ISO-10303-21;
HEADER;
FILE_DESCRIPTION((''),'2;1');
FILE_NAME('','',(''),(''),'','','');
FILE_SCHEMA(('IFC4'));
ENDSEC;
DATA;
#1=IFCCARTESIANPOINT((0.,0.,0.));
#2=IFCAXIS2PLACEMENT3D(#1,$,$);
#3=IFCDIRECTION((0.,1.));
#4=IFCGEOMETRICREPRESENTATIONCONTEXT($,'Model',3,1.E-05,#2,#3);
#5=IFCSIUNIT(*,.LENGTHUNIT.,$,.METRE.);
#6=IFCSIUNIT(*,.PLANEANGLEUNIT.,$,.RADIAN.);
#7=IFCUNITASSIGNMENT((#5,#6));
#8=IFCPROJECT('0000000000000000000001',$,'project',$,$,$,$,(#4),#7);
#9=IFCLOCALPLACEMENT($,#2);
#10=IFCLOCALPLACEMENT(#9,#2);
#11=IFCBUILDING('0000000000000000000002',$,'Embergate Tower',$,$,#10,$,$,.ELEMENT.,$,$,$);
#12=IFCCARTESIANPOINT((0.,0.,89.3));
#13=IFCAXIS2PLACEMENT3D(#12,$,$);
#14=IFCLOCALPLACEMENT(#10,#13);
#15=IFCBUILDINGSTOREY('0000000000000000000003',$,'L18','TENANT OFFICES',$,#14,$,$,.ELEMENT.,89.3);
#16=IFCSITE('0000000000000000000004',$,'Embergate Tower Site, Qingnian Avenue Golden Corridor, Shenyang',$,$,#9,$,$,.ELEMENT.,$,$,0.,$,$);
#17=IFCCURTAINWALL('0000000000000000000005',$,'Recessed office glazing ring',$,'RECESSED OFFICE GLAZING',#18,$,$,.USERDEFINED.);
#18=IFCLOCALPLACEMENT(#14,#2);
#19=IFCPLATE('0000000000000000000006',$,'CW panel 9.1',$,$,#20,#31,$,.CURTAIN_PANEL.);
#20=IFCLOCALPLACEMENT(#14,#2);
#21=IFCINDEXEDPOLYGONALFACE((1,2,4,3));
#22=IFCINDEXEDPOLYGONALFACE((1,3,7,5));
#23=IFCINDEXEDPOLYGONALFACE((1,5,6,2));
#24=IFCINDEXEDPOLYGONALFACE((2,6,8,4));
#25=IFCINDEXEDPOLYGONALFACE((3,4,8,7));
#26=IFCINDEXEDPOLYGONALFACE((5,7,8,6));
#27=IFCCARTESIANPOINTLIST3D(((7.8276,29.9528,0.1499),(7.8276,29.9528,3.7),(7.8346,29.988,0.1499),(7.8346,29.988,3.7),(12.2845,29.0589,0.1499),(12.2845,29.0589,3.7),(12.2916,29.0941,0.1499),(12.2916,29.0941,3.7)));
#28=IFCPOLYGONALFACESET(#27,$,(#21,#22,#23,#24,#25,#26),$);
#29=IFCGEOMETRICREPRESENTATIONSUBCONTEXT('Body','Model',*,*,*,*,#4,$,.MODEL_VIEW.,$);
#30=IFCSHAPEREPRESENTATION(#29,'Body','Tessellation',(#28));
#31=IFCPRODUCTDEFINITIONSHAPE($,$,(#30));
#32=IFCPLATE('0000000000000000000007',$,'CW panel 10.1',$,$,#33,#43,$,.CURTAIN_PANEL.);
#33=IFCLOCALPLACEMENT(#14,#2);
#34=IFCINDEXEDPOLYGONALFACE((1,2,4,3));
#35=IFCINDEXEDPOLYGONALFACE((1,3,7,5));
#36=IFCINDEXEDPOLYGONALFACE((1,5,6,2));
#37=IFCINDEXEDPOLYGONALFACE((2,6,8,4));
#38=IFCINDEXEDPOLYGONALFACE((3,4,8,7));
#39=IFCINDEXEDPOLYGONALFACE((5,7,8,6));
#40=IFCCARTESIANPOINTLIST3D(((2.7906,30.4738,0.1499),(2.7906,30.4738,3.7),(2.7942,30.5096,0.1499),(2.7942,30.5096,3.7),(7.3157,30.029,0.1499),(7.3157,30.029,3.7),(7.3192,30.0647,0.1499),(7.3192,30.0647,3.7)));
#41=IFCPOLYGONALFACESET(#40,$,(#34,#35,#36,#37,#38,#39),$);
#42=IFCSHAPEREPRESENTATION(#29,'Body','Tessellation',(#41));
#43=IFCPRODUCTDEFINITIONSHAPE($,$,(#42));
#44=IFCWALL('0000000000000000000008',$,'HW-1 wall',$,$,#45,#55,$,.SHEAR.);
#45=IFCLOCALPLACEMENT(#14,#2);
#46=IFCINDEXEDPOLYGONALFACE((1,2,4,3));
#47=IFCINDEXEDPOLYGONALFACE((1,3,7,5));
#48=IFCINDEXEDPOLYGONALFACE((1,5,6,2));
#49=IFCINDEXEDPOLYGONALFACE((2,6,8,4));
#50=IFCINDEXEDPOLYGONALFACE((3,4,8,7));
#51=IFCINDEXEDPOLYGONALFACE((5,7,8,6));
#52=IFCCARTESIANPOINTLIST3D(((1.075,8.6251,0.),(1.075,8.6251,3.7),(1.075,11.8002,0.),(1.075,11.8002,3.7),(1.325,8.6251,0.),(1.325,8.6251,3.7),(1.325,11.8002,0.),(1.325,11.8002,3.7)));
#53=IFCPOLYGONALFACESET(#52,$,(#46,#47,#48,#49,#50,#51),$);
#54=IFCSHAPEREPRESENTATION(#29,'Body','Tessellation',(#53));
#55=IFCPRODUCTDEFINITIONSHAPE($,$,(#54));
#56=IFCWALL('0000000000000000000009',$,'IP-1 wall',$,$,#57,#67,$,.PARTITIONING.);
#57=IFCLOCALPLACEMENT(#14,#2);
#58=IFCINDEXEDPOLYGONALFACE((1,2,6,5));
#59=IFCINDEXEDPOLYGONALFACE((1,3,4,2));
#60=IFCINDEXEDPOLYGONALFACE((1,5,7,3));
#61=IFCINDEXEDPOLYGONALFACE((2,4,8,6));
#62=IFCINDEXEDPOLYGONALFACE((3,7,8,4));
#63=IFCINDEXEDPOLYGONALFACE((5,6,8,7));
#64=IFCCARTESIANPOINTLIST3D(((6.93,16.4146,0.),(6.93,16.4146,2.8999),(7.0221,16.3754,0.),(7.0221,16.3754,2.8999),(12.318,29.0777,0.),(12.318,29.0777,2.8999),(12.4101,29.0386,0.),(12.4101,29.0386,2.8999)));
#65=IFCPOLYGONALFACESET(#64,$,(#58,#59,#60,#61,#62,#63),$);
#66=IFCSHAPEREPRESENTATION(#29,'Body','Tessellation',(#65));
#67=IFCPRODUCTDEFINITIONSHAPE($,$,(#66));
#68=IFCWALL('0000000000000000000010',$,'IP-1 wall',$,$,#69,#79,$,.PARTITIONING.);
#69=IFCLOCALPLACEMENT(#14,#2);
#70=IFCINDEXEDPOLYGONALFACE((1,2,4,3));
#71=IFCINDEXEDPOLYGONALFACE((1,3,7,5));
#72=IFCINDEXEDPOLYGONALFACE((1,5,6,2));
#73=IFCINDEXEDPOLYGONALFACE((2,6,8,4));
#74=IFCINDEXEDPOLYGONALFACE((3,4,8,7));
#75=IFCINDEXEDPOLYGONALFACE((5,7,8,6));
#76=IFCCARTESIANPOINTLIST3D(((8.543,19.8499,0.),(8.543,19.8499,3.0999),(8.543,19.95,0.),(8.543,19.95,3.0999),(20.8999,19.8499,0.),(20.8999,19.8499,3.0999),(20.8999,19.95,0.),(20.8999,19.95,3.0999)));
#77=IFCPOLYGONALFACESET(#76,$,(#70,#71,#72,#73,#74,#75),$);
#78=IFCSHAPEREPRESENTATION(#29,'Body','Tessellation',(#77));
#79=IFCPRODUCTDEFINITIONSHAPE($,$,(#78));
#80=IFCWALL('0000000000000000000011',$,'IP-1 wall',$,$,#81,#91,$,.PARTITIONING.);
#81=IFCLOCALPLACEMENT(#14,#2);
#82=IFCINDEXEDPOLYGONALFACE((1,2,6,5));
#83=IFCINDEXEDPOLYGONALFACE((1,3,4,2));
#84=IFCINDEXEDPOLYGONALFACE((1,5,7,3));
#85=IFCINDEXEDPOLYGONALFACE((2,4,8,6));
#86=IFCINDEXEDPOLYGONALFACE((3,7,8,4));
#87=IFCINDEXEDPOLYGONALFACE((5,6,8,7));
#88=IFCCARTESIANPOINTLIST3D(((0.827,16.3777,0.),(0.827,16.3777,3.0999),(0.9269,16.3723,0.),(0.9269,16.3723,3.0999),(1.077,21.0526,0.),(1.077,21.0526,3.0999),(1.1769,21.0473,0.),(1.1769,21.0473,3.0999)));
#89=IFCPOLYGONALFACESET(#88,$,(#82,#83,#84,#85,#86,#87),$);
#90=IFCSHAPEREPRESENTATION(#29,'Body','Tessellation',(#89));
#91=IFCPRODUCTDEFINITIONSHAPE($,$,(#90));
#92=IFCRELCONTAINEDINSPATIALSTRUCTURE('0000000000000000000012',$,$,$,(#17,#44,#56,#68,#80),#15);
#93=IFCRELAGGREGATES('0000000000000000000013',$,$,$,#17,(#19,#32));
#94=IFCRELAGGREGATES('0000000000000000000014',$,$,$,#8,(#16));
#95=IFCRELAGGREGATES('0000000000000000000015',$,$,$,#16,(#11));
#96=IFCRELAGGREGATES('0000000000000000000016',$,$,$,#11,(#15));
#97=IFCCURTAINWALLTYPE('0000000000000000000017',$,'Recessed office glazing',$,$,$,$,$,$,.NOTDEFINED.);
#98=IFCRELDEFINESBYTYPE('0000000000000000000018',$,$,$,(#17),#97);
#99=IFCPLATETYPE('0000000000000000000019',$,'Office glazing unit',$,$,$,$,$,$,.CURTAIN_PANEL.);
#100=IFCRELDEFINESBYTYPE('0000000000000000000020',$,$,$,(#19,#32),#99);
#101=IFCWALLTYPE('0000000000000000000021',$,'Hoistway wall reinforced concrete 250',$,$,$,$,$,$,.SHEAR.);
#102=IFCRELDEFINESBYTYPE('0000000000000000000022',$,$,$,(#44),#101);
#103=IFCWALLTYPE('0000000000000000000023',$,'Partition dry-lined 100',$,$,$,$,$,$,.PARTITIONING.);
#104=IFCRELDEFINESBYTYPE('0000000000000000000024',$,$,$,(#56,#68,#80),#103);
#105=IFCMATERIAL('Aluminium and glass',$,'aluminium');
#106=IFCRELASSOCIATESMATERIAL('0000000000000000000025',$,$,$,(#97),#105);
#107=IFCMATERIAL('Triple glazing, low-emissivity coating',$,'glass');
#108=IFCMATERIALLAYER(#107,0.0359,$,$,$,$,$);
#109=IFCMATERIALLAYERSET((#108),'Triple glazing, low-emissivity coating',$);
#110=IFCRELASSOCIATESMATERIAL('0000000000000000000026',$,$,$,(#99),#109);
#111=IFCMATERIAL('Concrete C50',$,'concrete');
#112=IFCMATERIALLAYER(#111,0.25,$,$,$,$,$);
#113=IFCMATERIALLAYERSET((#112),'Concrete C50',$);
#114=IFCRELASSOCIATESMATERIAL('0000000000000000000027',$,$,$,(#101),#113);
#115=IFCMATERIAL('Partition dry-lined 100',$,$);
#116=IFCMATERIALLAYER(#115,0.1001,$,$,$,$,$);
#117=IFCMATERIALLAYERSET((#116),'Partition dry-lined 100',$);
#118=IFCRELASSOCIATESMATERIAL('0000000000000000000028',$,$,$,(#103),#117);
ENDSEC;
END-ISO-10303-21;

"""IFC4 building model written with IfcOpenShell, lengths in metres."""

from ifc_helpers import new_model, si_unit, direction, frame, frame_2d, origin, origin_2d, place, context, subcontext, project, spatial, rectangle, extrude, source, transform, mapped, material, layer, layer_set, type_object, element, aggregate, save


model = new_model("IFC4")

# Units and contexts
model_context = context("Model", 3, precision=1e-05, world=origin(), true_north=direction((0.0, 1.0)))
body_context = subcontext(model_context, "Body", "Model", "MODEL_VIEW")
ifc_project = project(units=[si_unit("LENGTHUNIT", "METRE"), si_unit("PLANEANGLEUNIT", "RADIAN")], contexts=[model_context])

# Site, building, storey
site_placement = place(None, origin())
site = spatial("IfcSite", under=ifc_project, at=site_placement, Name="Embergate Tower Site, Qingnian Avenue Golden Corridor, Shenyang", CompositionType="ELEMENT", RefElevation=0.0)
building_placement = place(site_placement, origin())
building = spatial("IfcBuilding", under=site, at=building_placement, Name="Embergate Tower", CompositionType="ELEMENT")
storey_placement = place(building_placement, frame((0.0, 0.0, 89.3)))
storey = spatial("IfcBuildingStorey", under=building, at=storey_placement, Name="L18", Description="TENANT OFFICES", CompositionType="ELEMENT", Elevation=89.3)

# Curtain wall, plates
ifc_material_1 = material(Name="Aluminium and glass", Category="aluminium")
curtain_wall_type = type_object("IfcCurtainWallType", Name="Recessed office glazing", PredefinedType="NOTDEFINED", material=ifc_material_1)
curtain_wall_placement = place(storey_placement, origin())
curtain_wall = element("IfcCurtainWall", 1, at=curtain_wall_placement, inside=storey, type_object=curtain_wall_type, Name="Recessed office glazing ring", ObjectType="RECESSED OFFICE GLAZING", PredefinedType="USERDEFINED")
ifc_material_2 = material(Name="Triple glazing, low-emissivity coating", Category="glass")
ifc_layer_1 = layer(ifc_material_2, 0.0359)
ifc_layer_set_1 = layer_set([ifc_layer_1], Name="Triple glazing, low-emissivity coating")
plate_type = type_object("IfcPlateType", Name="Office glazing unit", PredefinedType="CURTAIN_PANEL", material=ifc_layer_set_1)
shared_shape_1 = source(origin(), body_context, "Body", "SweptSolid", [
    extrude(rectangle(XDim=4.5457, YDim=0.0359, at=origin_2d()), origin(), (0.0, 0.0, 1.0), 3.55),
])
plate_1_placement = place(storey_placement, frame((10.0596, 29.5234, 0.1499), z_axis=(0.0, 0.0, 1.0), x_axis=(-0.980476, 0.196639, 0.0)))
plate_1 = element("IfcPlate", 2, at=plate_1_placement, type_object=plate_type, Name="CW panel 9.1", PredefinedType="CURTAIN_PANEL", context=body_context, shape_type="MappedRepresentation", body=[
    mapped(shared_shape_1, transform((0.0, 0.0, 0.0))),
])
shared_shape_2 = source(origin(), body_context, "Body", "SweptSolid", [
    extrude(rectangle(XDim=4.5469, YDim=0.0359, at=origin_2d()), origin(), (0.0, 0.0, 1.0), 3.55),
])
plate_2_placement = place(storey_placement, frame((5.0549, 30.2693, 0.1499), z_axis=(0.0, 0.0, 1.0), x_axis=(-0.995203, 0.09783, 0.0)))
plate_2 = element("IfcPlate", 3, at=plate_2_placement, type_object=plate_type, Name="CW panel 10.1", PredefinedType="CURTAIN_PANEL", context=body_context, shape_type="MappedRepresentation", body=[
    mapped(shared_shape_2, transform((0.0, 0.0, 0.0))),
])
aggregate(curtain_wall, [plate_1, plate_2])

# Walls
ifc_material_3 = material(Name="Concrete C50", Category="concrete")
ifc_layer_2 = layer(ifc_material_3, 0.25)
ifc_layer_set_2 = layer_set([ifc_layer_2], Name="Concrete C50")
wall_type_1 = type_object("IfcWallType", Name="Hoistway wall reinforced concrete 250", PredefinedType="SHEAR", material=ifc_layer_set_2)
shared_shape_3 = source(origin(), body_context, "Body", "SweptSolid", [
    extrude(rectangle(XDim=3.175, YDim=0.25, at=frame_2d((1.5874, 0.0))), origin(), (0.0, 0.0, 1.0), 3.7),
])
wall_1_placement = place(storey_placement, frame((1.2, 11.8, 0.0), z_axis=(0.0, 0.0, 1.0), x_axis=(0.0, -1.0, 0.0)))
element("IfcWall", 4, at=wall_1_placement, inside=storey, type_object=wall_type_1, Name="HW-1 wall", PredefinedType="SHEAR", context=body_context, shape_type="MappedRepresentation", body=[
    mapped(shared_shape_3, transform((0.0, 0.0, 0.0))),
])
ifc_material_4 = material(Name="Partition dry-lined 100")
ifc_layer_3 = layer(ifc_material_4, 0.1001)
ifc_layer_set_3 = layer_set([ifc_layer_3], Name="Partition dry-lined 100")
wall_type_2 = type_object("IfcWallType", Name="Partition dry-lined 100", PredefinedType="PARTITIONING", material=ifc_layer_set_3)
shared_shape_4 = source(origin(), body_context, "Body", "SweptSolid", [
    extrude(rectangle(XDim=13.7617, YDim=0.1001, at=frame_2d((6.8809, 0.0))), origin(), (0.0, 0.0, 1.0), 2.8999),
])
wall_2_placement = place(storey_placement, frame((6.9761, 16.395, 0.0), z_axis=(0.0, 0.0, 1.0), x_axis=(0.391518, 0.920171, 0.0)))
element("IfcWall", 5, at=wall_2_placement, inside=storey, type_object=wall_type_2, Name="IP-1 wall", PredefinedType="PARTITIONING", context=body_context, shape_type="MappedRepresentation", body=[
    mapped(shared_shape_4, transform((0.0, 0.0, 0.0))),
])
shared_shape_5 = source(origin(), body_context, "Body", "SweptSolid", [
    extrude(rectangle(XDim=12.3569, YDim=0.1001, at=frame_2d((6.1785, 0.0))), origin(), (0.0, 0.0, 1.0), 3.0999),
])
wall_3_placement = place(storey_placement, frame((8.543, 19.8999, 0.0), z_axis=(0.0, 0.0, 1.0), x_axis=(1.0, 0.0, 0.0)))
element("IfcWall", 6, at=wall_3_placement, inside=storey, type_object=wall_type_2, Name="IP-1 wall", PredefinedType="PARTITIONING", context=body_context, shape_type="MappedRepresentation", body=[
    mapped(shared_shape_5, transform((0.0, 0.0, 0.0))),
])
shared_shape_6 = source(origin(), body_context, "Body", "SweptSolid", [
    extrude(rectangle(XDim=4.6816, YDim=0.1001, at=frame_2d((2.3408, 0.0))), origin(), (0.0, 0.0, 1.0), 3.0999),
])
wall_4_placement = place(storey_placement, frame((0.877, 16.375, 0.0), z_axis=(0.0, 0.0, 1.0), x_axis=(0.053399, 0.998573, 0.0)))
element("IfcWall", 7, at=wall_4_placement, inside=storey, type_object=wall_type_2, Name="IP-1 wall", PredefinedType="PARTITIONING", context=body_context, shape_type="MappedRepresentation", body=[
    mapped(shared_shape_6, transform((0.0, 0.0, 0.0))),
])

save(model, "model.ifc")
